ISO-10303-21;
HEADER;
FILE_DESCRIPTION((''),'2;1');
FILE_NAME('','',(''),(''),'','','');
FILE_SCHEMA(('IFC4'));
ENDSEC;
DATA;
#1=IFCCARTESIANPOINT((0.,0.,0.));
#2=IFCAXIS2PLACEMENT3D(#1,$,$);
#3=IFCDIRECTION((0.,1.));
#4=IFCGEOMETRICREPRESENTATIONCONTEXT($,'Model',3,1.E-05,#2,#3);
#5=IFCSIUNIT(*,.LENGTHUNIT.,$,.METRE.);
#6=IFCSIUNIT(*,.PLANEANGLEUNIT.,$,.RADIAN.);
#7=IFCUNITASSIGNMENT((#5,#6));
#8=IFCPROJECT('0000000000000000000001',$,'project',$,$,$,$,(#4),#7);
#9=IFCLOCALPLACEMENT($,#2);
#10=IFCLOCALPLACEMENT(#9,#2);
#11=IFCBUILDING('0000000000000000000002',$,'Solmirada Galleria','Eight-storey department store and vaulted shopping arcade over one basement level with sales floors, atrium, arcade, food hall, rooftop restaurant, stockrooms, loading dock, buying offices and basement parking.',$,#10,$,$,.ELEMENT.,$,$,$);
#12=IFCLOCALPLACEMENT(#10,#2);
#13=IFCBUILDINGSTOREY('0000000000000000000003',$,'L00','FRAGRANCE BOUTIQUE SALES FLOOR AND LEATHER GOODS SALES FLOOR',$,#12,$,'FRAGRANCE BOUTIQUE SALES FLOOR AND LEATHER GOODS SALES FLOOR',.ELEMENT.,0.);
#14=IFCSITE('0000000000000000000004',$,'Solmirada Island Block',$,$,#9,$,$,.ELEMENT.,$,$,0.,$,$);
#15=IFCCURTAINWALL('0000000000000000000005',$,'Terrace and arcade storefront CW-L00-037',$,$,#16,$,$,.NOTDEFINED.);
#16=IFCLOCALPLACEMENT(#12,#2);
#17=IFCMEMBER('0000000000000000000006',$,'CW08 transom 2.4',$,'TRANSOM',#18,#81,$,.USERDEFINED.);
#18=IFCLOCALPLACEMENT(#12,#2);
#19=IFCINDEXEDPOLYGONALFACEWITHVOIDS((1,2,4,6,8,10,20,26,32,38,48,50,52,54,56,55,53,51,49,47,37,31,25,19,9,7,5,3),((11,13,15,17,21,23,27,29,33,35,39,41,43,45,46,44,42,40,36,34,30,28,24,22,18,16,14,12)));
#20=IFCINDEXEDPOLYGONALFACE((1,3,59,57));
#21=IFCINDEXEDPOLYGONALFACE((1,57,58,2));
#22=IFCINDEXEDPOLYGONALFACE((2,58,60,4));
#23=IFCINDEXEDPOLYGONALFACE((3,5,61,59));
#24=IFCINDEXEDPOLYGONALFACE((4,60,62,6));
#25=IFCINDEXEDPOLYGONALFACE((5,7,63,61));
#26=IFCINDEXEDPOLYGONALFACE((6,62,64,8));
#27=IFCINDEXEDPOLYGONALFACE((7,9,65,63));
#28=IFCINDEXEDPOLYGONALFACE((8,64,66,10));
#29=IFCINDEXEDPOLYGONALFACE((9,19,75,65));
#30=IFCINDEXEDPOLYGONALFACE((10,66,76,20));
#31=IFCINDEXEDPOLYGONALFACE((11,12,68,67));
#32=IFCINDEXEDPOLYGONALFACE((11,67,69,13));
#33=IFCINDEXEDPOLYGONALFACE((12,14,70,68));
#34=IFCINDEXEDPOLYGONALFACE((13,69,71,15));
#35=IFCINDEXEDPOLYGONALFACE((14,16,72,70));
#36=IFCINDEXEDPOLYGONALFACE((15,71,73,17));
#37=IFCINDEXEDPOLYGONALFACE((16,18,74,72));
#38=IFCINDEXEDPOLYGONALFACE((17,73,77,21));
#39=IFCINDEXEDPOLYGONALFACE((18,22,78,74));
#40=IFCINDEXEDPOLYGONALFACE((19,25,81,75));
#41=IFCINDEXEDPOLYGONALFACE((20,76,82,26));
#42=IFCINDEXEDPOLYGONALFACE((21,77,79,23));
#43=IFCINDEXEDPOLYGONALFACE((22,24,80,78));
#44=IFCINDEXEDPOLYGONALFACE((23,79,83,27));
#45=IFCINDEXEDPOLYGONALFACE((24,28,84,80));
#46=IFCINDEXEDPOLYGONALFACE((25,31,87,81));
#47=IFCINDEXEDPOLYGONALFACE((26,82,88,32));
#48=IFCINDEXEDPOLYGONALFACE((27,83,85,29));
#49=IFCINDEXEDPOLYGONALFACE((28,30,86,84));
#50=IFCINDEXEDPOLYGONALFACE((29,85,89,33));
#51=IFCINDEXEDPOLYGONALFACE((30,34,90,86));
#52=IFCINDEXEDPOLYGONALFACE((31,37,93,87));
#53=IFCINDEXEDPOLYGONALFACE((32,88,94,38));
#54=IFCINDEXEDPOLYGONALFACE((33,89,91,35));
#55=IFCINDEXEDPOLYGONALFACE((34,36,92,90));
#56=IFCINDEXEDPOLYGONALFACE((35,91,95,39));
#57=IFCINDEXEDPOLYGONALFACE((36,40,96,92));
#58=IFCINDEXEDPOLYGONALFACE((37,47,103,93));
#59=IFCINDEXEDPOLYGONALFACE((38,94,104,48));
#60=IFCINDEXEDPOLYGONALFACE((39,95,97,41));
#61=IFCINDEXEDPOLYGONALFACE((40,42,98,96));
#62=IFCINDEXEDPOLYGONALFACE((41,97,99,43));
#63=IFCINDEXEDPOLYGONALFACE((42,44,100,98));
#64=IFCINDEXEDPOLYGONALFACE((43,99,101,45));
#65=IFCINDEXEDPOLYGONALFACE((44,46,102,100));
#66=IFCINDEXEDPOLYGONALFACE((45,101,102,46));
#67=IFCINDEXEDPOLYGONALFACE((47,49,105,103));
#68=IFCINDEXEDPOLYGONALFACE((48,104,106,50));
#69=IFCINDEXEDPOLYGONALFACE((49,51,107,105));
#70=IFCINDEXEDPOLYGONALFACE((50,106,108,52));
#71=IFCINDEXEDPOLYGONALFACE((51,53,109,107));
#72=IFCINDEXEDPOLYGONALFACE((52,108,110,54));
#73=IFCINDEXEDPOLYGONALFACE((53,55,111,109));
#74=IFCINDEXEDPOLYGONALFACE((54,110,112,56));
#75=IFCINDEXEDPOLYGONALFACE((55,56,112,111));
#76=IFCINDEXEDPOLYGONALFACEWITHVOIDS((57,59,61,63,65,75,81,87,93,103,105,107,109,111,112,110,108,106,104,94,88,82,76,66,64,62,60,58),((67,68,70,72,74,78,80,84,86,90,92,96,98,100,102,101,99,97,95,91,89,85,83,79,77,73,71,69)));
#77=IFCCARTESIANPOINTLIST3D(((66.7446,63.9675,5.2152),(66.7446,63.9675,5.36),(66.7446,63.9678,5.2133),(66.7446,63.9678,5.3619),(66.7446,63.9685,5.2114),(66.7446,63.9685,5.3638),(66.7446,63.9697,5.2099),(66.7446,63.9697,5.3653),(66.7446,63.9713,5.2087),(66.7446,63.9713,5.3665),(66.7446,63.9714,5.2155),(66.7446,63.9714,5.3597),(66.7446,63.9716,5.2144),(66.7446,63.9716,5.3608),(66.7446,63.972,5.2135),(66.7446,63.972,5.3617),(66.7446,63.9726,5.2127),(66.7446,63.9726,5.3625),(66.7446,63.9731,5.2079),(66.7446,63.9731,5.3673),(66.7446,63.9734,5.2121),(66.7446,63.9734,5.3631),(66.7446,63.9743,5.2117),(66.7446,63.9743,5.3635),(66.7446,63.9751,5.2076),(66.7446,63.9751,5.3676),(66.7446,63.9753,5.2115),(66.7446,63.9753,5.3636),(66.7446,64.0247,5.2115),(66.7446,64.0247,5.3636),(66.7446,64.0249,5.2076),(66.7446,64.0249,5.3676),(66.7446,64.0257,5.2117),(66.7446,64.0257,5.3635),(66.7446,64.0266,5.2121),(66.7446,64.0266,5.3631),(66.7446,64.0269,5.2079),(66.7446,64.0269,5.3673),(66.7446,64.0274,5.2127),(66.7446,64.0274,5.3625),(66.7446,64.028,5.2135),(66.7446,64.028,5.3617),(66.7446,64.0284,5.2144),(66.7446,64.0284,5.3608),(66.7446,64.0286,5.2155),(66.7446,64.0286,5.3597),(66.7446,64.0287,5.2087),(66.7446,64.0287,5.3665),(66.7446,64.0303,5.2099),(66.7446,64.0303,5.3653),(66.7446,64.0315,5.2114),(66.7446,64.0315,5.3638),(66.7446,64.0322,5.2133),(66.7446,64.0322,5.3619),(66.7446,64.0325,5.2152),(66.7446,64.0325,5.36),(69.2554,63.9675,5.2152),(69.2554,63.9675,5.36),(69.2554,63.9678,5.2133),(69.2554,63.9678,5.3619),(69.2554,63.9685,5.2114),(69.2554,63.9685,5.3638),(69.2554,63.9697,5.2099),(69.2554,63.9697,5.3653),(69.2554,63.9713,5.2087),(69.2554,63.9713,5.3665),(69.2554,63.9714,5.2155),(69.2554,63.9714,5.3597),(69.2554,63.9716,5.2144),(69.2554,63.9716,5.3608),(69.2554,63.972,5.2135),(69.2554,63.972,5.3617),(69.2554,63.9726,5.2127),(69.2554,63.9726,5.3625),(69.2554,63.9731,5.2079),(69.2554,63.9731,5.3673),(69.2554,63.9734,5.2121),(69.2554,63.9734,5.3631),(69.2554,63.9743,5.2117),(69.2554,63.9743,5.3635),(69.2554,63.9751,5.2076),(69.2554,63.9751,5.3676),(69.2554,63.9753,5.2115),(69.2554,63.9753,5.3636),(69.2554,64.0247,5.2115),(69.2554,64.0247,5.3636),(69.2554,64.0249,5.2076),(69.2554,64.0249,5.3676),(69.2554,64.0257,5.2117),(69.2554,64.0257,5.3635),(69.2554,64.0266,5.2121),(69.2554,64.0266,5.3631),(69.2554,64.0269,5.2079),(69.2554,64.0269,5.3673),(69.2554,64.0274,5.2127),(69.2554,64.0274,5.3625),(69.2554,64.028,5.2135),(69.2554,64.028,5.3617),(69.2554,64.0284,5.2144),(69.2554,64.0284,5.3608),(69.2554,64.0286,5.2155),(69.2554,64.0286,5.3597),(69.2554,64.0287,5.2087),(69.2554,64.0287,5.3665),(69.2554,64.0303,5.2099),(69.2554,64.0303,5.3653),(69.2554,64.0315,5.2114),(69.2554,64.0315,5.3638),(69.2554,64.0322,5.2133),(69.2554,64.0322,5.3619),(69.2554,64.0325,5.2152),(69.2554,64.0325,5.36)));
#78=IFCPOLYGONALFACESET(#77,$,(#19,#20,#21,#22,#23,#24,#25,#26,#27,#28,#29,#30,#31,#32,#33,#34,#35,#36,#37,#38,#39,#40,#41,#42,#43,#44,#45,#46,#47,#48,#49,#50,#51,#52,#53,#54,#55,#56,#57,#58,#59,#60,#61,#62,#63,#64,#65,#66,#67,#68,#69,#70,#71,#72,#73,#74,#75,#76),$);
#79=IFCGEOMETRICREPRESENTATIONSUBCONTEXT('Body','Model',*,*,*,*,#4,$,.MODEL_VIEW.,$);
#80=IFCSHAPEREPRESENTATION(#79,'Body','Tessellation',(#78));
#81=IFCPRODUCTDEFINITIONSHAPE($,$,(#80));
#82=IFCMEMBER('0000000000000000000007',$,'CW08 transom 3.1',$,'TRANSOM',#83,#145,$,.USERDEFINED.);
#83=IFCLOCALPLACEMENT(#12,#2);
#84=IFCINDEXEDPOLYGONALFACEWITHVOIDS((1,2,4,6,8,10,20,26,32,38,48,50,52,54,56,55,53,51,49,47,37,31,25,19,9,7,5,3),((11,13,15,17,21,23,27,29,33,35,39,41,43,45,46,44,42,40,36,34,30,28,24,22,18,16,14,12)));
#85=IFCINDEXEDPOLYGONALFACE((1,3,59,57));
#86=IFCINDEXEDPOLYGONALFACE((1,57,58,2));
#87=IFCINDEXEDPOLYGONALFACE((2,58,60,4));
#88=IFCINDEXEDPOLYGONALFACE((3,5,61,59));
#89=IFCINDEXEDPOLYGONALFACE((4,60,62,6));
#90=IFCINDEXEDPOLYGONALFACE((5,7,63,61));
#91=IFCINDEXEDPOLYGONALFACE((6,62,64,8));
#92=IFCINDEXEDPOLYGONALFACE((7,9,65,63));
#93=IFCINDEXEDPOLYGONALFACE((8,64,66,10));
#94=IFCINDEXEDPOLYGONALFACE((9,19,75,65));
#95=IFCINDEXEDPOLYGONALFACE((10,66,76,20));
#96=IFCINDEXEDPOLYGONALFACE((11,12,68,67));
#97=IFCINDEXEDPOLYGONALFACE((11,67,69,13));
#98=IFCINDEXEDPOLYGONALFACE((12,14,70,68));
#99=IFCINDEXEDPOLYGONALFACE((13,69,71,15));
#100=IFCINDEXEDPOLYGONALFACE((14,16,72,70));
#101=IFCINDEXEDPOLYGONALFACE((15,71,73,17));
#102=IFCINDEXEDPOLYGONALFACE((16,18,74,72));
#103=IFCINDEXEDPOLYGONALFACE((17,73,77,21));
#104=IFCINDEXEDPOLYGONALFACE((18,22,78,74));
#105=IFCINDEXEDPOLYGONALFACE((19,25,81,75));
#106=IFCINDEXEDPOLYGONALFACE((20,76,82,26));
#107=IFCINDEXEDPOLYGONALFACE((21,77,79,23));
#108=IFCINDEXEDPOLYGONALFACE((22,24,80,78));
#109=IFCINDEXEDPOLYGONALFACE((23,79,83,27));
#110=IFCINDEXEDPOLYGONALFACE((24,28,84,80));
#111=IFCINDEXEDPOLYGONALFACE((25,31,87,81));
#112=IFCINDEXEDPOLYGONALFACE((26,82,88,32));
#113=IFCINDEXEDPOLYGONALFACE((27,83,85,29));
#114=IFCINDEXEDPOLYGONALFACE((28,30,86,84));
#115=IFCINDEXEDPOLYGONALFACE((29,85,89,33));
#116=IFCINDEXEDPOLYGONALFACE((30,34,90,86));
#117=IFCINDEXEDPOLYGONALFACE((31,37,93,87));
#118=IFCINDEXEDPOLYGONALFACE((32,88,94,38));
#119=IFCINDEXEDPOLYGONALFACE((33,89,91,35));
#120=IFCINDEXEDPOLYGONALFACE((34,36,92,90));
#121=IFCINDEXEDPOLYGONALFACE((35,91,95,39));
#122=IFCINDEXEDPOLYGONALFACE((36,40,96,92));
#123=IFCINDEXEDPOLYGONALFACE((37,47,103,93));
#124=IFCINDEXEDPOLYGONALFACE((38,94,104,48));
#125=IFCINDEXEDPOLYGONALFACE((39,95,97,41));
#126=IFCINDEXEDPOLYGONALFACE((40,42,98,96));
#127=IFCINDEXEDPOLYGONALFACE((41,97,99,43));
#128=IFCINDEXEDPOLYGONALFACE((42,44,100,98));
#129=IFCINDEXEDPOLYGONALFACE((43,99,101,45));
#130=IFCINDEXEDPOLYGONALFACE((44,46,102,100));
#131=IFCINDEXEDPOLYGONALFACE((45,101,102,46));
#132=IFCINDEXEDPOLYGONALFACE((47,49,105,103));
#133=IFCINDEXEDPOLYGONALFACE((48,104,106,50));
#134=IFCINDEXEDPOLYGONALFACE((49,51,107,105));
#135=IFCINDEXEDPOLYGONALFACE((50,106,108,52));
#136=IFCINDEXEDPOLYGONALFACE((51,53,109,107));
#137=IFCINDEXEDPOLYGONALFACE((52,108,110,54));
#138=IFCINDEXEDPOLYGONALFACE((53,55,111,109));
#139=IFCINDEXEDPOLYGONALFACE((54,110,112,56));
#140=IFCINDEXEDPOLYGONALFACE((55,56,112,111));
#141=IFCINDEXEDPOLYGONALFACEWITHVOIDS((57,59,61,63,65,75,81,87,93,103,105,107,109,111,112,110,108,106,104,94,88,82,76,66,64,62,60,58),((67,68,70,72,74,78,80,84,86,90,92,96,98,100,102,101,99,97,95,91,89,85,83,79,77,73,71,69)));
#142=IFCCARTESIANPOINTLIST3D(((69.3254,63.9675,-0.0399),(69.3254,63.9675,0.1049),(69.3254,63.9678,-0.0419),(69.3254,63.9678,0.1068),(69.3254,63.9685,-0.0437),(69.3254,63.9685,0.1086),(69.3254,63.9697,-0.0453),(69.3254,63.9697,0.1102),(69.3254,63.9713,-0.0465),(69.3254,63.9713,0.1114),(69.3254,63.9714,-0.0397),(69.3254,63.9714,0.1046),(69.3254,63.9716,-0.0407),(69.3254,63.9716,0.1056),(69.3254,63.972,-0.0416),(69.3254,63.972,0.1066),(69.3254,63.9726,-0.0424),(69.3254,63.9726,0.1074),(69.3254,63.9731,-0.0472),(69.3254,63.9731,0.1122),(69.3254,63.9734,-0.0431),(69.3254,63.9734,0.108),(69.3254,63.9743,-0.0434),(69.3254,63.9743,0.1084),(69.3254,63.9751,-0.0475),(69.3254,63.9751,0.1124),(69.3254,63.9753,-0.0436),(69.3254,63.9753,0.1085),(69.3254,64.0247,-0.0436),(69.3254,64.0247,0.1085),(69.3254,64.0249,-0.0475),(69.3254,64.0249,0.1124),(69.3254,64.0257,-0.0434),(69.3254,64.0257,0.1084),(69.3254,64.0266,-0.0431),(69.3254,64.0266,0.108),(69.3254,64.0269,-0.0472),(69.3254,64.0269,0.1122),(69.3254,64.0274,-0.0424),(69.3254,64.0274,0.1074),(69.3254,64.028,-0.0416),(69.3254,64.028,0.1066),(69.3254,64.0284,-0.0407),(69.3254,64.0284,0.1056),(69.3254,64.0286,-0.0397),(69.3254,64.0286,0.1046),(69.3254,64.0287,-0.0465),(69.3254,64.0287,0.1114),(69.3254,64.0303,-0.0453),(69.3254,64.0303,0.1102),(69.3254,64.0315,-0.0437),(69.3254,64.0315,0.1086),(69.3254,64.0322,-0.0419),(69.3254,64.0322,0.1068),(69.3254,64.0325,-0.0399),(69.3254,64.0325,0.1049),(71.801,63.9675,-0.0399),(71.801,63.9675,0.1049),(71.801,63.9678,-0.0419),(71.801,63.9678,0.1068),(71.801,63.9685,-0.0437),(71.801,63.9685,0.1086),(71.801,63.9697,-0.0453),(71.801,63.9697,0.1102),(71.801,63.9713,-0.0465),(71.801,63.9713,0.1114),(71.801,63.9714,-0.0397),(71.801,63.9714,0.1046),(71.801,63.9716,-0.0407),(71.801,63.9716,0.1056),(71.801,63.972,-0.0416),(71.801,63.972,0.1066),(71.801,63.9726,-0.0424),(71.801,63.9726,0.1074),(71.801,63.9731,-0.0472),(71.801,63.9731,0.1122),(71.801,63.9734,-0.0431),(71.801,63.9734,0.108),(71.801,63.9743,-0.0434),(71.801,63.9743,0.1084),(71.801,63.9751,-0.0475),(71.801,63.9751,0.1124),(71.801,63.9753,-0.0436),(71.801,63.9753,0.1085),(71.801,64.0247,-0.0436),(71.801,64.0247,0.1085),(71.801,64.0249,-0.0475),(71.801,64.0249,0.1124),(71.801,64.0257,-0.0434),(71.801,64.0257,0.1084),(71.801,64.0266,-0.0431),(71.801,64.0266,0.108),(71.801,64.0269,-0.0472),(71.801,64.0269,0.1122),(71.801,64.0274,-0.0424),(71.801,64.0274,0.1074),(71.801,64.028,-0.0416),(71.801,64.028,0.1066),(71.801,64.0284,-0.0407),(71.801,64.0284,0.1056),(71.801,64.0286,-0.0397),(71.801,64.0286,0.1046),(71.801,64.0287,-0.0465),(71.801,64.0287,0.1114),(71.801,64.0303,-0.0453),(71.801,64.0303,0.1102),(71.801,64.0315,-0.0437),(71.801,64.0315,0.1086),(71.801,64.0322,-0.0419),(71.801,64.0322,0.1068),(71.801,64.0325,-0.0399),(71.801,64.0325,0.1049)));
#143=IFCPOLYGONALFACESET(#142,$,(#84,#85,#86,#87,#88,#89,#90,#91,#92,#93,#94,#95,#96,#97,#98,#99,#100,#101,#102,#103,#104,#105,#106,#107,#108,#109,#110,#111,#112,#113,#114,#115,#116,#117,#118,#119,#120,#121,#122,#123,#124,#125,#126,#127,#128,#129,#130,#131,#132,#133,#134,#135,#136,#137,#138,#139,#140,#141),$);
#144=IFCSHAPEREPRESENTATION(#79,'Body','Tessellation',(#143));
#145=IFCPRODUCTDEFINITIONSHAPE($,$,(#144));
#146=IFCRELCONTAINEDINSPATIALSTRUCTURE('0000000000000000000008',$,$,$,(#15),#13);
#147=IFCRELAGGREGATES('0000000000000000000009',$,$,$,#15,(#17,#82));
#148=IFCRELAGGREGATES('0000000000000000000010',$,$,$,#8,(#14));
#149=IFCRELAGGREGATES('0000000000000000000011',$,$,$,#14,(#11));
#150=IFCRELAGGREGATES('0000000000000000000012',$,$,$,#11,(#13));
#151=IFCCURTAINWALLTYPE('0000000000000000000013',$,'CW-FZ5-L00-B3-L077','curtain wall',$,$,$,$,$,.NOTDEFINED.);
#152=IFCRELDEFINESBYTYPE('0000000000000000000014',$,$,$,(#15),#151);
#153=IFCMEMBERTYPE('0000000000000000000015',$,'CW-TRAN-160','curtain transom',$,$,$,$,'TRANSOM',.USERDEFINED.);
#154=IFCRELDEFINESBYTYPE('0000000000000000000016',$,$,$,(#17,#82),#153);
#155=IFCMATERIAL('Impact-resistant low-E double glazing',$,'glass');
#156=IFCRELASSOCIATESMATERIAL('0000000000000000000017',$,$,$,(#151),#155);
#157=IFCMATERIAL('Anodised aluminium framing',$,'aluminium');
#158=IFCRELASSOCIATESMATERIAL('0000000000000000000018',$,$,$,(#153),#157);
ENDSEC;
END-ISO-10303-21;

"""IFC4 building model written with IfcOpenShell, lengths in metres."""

from ifc_helpers import new_model, si_unit, direction, frame, origin, origin_2d, place, context, subcontext, project, spatial, hollow_rectangle, extrude, material, material_profile, profile_set, type_object, element, aggregate, save


model = new_model("IFC4")

# Units and contexts
model_context = context("Model", 3, precision=1e-05, world=origin(), true_north=direction((0.0, 1.0)))
body_context = subcontext(model_context, "Body", "Model", "MODEL_VIEW")
ifc_project = project(units=[si_unit("LENGTHUNIT", "METRE"), si_unit("PLANEANGLEUNIT", "RADIAN")], contexts=[model_context])

# Site, building, storey
site_placement = place(None, origin())
site = spatial("IfcSite", under=ifc_project, at=site_placement, Name="Solmirada Island Block", CompositionType="ELEMENT", RefElevation=0.0)
building_placement = place(site_placement, origin())
building = spatial("IfcBuilding", under=site, at=building_placement, Name="Solmirada Galleria", Description="Eight-storey department store and vaulted shopping arcade over one basement level with sales floors, atrium, arcade, food hall, rooftop restaurant, stockrooms, loading dock, buying offices and basement parking.", CompositionType="ELEMENT")
storey_placement = place(building_placement, origin())
storey = spatial("IfcBuildingStorey", under=building, at=storey_placement, Name="L00", Description="FRAGRANCE BOUTIQUE SALES FLOOR AND LEATHER GOODS SALES FLOOR", LongName="FRAGRANCE BOUTIQUE SALES FLOOR AND LEATHER GOODS SALES FLOOR", CompositionType="ELEMENT", Elevation=0.0)

# Curtain wall
ifc_material_1 = material(Name="Impact-resistant low-E double glazing", Category="glass")
curtain_wall_type = type_object("IfcCurtainWallType", Name="CW-FZ5-L00-B3-L077", Description="curtain wall", PredefinedType="NOTDEFINED", material=ifc_material_1)
ifc_material_2 = material(Name="Anodised aluminium framing", Category="aluminium")
curtain_wall_1_placement = place(storey_placement, origin())
curtain_wall_1 = element("IfcCurtainWall", 1, at=curtain_wall_1_placement, inside=storey, type_object=curtain_wall_type, Name="Terrace and arcade storefront CW-L00-037", PredefinedType="NOTDEFINED")

# Members
ifc_material_profile_1 = material_profile(ifc_material_2, hollow_rectangle(XDim=0.0649, YDim=0.1599, WallThickness=0.0039, InnerFilletRadius=0.0039, OuterFilletRadius=0.0076, at=origin_2d()), Name="ALU-TRAN-160X65")
ifc_profile_set_1 = profile_set([ifc_material_profile_1], Name="Anodised aluminium framing")
member_type_1 = type_object("IfcMemberType", Name="CW-TRAN-160", Description="curtain transom", ElementType="TRANSOM", PredefinedType="USERDEFINED", material=ifc_profile_set_1)
member_1_placement = place(storey_placement, frame((66.7446, 64.0, 5.2876), z_axis=(1.0, 0.0, 0.0), x_axis=(0.0, 1.0, 0.0)))
member_1 = element("IfcMember", 2, at=member_1_placement, type_object=member_type_1, Name="CW08 transom 2.4", ObjectType="TRANSOM", PredefinedType="USERDEFINED", context=body_context, shape_type="SweptSolid", body=[
    extrude(hollow_rectangle(XDim=0.0649, YDim=0.1599, WallThickness=0.0039, InnerFilletRadius=0.0039, OuterFilletRadius=0.0076, at=origin_2d()), origin(), (0.0, 0.0, 1.0), 2.5107),
])
member_2_placement = place(storey_placement, frame((69.3254, 64.0, 0.0325), z_axis=(1.0, 0.0, 0.0), x_axis=(0.0, 1.0, 0.0)))
member_2 = element("IfcMember", 3, at=member_2_placement, type_object=member_type_1, Name="CW08 transom 3.1", ObjectType="TRANSOM", PredefinedType="USERDEFINED", context=body_context, shape_type="SweptSolid", body=[
    extrude(hollow_rectangle(XDim=0.0649, YDim=0.1599, WallThickness=0.0039, InnerFilletRadius=0.0039, OuterFilletRadius=0.0076, at=origin_2d()), origin(), (0.0, 0.0, 1.0), 2.4756),
])

aggregate(curtain_wall_1, [member_1, member_2])

save(model, "model.ifc")
